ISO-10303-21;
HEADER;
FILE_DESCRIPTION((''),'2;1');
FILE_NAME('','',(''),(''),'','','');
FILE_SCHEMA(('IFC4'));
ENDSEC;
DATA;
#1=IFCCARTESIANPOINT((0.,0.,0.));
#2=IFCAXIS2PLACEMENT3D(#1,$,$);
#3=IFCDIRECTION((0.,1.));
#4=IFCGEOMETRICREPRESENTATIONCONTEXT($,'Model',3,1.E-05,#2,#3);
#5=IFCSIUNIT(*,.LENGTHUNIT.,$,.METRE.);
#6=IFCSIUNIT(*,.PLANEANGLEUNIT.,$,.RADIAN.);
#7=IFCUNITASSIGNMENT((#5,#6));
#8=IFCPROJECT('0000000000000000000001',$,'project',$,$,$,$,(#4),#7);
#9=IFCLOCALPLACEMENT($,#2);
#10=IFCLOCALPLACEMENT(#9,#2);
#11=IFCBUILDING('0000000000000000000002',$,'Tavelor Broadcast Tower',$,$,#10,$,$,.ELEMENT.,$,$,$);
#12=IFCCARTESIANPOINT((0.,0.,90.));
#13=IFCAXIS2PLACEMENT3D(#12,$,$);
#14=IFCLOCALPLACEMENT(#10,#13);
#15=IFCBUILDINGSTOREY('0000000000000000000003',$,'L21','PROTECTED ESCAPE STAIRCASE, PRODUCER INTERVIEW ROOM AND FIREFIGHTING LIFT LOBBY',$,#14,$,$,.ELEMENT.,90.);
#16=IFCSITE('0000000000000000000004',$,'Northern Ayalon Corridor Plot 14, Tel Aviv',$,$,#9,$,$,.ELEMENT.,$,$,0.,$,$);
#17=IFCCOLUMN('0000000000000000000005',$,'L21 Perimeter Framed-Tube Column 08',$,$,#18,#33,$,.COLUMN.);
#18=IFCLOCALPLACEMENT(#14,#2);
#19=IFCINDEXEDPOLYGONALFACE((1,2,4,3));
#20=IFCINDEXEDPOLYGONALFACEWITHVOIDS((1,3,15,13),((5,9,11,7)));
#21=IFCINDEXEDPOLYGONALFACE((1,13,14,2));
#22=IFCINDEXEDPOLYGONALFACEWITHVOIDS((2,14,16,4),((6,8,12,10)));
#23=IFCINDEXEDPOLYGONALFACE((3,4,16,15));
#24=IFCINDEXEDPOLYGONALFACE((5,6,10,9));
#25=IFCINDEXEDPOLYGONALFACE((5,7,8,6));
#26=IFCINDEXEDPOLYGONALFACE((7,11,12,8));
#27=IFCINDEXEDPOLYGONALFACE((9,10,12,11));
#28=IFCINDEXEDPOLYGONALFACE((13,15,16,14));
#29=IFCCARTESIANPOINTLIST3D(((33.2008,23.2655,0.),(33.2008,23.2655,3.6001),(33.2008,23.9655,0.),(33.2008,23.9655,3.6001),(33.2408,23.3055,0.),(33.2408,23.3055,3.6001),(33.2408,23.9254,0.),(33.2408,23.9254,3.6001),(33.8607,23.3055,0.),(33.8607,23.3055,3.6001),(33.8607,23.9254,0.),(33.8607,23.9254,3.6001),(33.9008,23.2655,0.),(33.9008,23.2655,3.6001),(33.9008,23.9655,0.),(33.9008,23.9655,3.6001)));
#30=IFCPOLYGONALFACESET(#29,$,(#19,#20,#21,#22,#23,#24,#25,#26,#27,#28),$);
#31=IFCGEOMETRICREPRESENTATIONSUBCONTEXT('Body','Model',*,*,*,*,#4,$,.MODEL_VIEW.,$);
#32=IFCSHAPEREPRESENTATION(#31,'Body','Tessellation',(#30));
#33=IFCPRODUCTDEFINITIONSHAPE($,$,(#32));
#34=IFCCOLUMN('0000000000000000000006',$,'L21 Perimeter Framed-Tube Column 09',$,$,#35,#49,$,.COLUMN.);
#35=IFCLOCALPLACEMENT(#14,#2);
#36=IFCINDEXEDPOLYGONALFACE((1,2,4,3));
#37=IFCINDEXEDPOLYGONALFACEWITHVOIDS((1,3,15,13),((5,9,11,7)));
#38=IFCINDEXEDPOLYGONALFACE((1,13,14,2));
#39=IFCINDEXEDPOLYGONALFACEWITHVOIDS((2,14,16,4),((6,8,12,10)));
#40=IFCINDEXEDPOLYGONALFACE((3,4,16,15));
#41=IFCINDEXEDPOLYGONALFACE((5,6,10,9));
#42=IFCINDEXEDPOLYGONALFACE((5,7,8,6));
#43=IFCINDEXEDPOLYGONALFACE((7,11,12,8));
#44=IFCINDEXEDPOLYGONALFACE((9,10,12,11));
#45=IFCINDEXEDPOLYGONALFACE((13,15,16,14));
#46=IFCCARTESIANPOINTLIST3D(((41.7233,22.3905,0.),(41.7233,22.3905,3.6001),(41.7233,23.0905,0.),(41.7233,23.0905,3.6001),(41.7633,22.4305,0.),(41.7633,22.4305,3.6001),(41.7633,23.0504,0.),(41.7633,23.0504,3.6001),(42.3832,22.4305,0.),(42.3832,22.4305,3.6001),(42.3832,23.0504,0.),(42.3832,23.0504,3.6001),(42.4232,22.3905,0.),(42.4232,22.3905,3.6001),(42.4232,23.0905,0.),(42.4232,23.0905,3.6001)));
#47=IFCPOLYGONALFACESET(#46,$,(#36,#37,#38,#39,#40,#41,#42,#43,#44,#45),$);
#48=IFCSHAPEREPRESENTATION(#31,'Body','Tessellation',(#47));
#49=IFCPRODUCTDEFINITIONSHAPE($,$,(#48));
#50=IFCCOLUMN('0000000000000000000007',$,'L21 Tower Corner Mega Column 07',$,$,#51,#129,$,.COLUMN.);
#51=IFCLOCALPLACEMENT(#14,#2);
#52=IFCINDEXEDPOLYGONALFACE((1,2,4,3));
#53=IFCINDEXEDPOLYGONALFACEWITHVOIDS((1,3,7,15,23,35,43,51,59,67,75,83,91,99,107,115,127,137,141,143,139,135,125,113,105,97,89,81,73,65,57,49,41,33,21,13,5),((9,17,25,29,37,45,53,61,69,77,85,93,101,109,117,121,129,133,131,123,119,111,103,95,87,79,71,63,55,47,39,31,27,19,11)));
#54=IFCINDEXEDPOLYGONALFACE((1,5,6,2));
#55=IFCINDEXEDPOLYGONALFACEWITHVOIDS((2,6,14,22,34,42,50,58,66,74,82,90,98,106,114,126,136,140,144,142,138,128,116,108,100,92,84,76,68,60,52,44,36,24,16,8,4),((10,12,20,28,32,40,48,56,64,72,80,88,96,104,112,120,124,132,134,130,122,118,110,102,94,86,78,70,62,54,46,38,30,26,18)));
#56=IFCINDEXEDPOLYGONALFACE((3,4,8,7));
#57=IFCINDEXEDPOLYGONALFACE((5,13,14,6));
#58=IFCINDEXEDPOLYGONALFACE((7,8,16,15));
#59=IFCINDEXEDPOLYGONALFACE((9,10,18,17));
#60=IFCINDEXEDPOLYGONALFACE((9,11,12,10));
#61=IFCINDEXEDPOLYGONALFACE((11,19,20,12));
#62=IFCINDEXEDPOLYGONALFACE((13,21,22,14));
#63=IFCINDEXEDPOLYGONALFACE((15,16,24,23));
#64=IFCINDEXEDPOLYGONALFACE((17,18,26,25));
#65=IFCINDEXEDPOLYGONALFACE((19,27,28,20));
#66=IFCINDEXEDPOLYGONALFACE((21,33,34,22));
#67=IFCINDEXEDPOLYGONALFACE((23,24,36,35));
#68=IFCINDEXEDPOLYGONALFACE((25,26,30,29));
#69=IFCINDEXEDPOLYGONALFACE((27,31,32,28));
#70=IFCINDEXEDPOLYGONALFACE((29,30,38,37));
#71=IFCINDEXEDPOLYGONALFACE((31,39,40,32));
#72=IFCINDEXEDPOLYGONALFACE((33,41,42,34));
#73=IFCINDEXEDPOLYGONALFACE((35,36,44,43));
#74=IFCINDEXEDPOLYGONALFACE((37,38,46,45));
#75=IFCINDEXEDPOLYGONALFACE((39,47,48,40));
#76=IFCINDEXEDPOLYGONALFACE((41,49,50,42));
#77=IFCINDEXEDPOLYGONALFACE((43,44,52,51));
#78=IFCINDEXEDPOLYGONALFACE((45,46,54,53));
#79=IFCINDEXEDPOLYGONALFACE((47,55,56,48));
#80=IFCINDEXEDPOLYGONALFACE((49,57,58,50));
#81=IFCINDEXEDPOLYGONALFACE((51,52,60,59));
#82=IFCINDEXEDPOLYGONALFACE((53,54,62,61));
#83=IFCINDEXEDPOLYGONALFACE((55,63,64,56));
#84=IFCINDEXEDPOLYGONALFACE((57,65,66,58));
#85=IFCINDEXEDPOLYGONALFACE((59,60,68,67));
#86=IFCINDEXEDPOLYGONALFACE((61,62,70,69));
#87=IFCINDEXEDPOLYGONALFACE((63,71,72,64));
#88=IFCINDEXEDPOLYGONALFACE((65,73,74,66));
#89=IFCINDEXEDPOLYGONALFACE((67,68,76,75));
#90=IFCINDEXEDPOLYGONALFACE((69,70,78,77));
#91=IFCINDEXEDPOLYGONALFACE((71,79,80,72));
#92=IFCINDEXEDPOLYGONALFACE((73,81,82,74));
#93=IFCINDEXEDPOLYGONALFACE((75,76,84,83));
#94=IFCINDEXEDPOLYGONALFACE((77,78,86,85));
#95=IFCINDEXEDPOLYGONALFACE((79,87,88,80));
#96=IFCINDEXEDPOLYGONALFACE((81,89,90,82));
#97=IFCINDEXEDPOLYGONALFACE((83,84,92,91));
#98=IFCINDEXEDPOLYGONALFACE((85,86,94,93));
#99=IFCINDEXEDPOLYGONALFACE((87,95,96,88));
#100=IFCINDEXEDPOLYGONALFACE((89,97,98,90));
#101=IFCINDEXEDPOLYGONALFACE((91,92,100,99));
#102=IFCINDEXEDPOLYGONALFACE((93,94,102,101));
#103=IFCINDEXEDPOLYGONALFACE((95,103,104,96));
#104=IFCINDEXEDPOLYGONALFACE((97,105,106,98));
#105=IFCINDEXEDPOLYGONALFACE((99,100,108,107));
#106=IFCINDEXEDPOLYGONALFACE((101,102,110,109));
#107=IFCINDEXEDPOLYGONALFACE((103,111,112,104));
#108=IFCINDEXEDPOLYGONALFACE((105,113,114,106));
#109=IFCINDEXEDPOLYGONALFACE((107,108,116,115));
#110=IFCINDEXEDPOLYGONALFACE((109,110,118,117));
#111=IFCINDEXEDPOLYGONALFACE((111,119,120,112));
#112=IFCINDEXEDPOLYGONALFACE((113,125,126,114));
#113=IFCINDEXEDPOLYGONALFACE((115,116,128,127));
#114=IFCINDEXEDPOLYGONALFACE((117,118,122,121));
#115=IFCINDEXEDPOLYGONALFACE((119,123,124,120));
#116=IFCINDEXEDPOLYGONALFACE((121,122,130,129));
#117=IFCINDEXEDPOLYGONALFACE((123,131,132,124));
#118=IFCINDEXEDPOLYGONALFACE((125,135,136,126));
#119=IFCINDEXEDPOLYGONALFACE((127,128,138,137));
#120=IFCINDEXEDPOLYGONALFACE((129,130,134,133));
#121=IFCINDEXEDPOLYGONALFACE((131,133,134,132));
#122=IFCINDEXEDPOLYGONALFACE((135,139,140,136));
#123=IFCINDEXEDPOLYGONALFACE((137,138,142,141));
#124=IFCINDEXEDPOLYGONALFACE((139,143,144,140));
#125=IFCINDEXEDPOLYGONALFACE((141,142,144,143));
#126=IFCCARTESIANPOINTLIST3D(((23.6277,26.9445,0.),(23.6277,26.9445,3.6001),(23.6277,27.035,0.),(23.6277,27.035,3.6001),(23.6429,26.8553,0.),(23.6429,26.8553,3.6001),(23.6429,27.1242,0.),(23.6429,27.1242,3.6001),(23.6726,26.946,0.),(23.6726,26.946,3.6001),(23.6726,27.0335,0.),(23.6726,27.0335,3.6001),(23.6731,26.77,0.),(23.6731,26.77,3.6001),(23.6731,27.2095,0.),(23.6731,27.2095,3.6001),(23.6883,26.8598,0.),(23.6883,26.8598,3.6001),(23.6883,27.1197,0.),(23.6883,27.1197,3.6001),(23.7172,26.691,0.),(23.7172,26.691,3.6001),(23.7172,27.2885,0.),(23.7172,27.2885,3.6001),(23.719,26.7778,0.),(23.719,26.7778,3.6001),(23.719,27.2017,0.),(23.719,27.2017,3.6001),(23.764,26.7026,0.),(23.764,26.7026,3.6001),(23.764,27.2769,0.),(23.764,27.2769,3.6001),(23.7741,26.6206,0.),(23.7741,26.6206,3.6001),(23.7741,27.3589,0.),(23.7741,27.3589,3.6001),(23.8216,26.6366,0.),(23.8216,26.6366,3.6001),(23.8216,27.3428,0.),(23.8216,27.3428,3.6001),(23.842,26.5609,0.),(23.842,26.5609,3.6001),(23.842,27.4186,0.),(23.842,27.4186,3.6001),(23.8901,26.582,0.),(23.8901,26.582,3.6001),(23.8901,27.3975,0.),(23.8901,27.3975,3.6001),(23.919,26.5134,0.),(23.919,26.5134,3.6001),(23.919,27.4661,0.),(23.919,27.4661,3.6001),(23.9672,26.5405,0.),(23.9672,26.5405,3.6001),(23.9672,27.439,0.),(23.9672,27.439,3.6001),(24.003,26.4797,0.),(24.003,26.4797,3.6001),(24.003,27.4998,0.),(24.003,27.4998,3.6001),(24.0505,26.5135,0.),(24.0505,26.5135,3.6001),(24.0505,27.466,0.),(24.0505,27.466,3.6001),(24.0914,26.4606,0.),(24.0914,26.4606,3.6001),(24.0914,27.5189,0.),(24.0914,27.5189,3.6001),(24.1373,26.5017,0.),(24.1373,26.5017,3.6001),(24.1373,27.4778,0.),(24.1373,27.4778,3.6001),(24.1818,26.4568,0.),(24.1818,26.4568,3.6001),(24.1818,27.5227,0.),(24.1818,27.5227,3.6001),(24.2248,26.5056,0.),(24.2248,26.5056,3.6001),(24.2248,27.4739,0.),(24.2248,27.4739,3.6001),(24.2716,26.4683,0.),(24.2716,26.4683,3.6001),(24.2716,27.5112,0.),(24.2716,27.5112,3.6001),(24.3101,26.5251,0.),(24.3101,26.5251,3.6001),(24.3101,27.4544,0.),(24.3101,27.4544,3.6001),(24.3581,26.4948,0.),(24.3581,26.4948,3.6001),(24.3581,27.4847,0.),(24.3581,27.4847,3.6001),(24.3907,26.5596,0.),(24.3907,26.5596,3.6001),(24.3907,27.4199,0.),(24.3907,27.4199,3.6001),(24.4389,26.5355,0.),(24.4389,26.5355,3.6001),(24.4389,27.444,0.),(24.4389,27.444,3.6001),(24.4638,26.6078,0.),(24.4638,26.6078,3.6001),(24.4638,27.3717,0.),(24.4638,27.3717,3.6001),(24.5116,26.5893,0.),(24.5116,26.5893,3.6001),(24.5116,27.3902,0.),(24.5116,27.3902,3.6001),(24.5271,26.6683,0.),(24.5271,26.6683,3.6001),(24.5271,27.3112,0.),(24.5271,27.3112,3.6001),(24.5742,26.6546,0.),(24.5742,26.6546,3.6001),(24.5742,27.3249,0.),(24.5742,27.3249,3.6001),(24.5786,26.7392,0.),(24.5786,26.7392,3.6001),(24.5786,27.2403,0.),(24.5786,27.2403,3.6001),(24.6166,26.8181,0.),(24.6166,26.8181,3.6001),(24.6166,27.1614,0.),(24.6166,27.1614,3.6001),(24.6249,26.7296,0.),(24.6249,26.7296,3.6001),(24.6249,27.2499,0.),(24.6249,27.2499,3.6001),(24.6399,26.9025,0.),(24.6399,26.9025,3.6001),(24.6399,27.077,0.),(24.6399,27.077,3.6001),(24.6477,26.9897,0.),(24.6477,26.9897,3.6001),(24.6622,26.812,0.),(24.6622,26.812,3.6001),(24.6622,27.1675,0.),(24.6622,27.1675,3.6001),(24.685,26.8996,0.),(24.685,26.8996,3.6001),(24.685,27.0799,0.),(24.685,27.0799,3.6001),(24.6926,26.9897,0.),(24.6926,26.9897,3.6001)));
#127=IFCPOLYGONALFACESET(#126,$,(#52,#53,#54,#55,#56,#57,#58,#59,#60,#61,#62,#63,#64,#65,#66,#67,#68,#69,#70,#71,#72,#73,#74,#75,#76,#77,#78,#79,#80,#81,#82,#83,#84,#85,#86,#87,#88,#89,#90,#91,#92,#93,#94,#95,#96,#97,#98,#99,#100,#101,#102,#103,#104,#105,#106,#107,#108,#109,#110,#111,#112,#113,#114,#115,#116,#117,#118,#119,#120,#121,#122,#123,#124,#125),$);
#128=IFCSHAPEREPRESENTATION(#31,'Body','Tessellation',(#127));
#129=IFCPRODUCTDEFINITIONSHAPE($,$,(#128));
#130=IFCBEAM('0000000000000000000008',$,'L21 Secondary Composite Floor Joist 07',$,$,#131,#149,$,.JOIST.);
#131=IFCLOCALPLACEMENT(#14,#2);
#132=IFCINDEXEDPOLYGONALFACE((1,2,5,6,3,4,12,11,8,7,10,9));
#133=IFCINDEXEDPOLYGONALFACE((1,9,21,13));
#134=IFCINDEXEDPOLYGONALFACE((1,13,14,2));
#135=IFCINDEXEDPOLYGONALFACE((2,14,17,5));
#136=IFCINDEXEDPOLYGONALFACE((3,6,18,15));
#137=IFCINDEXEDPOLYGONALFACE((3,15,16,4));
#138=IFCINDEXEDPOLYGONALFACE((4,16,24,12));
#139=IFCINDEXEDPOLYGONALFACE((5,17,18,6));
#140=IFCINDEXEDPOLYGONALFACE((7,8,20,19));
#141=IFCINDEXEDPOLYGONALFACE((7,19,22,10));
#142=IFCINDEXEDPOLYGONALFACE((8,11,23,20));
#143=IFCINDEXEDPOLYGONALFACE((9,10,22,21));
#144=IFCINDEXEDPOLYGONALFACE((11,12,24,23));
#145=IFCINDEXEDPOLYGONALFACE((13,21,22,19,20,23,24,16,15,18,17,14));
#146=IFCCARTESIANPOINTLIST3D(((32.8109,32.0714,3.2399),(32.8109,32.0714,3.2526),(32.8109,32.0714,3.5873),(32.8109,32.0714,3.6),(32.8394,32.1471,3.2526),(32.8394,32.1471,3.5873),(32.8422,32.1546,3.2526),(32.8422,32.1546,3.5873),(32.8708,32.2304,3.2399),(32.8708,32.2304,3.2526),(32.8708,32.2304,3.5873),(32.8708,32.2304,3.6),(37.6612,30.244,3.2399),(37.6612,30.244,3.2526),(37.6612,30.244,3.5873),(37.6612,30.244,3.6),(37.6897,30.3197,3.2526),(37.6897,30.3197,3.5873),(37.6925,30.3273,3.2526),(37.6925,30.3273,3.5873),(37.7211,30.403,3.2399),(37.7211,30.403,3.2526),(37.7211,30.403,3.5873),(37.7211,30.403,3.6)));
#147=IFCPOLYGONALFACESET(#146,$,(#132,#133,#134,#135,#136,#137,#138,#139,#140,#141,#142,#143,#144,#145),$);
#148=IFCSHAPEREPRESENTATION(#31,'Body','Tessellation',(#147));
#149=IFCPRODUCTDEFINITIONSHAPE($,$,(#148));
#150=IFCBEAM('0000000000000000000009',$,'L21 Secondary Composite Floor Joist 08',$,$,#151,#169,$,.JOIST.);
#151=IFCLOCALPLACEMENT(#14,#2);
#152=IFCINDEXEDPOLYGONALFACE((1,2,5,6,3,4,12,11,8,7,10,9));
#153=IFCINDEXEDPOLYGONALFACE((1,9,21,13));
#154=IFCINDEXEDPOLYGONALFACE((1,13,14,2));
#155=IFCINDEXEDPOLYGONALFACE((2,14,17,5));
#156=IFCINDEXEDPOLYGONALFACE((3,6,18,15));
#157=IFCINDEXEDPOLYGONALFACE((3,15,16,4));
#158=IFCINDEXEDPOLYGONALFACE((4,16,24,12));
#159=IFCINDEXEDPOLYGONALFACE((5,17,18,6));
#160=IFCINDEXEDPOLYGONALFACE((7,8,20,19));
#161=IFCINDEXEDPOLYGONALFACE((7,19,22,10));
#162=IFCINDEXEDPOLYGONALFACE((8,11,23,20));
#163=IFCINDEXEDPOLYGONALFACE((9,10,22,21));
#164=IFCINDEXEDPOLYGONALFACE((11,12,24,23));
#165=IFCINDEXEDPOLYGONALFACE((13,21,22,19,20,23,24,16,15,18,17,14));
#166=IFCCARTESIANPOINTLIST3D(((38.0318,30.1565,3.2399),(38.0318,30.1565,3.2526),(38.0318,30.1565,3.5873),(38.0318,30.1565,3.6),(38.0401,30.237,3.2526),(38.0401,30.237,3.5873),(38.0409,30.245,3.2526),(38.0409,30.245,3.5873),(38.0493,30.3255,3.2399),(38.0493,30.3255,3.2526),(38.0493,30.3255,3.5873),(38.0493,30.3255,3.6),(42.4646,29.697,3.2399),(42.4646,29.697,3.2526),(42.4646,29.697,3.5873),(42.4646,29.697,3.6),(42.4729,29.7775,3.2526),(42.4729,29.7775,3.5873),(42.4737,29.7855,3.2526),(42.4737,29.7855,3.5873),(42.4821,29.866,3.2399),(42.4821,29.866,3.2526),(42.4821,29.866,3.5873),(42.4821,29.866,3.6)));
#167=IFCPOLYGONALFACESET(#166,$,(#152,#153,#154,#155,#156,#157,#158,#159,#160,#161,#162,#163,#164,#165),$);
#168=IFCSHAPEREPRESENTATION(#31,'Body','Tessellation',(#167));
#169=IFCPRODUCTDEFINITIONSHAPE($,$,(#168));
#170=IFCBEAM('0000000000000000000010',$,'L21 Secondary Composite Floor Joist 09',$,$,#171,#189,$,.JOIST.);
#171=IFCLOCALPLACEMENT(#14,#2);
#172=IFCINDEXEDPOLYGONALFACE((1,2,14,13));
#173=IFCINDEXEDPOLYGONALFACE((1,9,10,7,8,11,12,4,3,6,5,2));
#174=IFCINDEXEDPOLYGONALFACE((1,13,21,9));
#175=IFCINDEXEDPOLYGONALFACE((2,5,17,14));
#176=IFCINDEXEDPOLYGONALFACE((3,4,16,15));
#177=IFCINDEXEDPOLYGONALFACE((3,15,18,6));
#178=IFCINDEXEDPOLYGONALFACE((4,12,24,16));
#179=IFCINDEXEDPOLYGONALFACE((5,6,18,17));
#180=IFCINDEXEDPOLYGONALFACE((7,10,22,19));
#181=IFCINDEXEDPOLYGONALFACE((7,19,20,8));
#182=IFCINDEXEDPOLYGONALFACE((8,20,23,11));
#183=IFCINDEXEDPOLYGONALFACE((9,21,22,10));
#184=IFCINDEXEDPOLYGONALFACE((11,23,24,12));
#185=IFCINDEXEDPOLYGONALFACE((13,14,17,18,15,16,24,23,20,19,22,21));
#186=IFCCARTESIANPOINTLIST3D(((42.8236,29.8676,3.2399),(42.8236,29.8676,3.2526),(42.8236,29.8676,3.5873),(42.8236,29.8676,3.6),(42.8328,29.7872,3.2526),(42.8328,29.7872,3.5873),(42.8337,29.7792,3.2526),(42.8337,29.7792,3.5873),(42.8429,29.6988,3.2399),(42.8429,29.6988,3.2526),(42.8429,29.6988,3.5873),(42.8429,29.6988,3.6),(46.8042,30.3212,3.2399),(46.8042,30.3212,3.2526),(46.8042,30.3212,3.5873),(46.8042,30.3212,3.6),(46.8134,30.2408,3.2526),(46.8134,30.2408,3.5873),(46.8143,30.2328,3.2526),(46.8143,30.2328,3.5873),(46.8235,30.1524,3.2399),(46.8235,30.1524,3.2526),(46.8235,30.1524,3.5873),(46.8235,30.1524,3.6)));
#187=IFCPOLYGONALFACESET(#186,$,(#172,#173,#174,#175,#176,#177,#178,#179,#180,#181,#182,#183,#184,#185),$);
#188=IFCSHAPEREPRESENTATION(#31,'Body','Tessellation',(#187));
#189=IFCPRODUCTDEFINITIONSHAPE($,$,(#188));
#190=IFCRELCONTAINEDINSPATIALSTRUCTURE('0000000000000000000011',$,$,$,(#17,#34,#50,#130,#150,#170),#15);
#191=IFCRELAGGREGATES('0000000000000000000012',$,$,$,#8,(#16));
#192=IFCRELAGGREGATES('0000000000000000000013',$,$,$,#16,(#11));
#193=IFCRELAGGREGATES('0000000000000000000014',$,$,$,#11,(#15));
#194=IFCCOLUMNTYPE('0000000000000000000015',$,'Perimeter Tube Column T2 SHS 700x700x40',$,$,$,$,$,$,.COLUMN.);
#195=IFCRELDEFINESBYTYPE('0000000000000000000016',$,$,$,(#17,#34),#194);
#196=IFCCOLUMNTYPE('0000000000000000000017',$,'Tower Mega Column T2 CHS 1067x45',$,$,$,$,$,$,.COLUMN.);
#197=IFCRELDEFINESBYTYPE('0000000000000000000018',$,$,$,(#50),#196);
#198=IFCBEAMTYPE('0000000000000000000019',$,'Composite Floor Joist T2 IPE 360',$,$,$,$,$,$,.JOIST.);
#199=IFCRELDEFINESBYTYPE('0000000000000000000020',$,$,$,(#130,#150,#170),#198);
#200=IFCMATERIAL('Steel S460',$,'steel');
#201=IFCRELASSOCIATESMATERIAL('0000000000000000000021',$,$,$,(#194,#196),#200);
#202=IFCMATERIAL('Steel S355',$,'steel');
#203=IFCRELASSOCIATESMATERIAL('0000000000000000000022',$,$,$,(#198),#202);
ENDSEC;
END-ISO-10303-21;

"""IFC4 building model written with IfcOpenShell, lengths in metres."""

from ifc_helpers import new_model, si_unit, direction, frame, origin, origin_2d, place, context, subcontext, project, spatial, hollow_rectangle, hollow_circle, i_section, extrude, material, material_profile, profile_set, type_object, element, save


model = new_model("IFC4")

# Units and contexts
model_context = context("Model", 3, precision=1e-05, world=origin(), true_north=direction((0.0, 1.0)))
body_context = subcontext(model_context, "Body", "Model", "MODEL_VIEW")
ifc_project = project(units=[si_unit("LENGTHUNIT", "METRE"), si_unit("PLANEANGLEUNIT", "RADIAN")], contexts=[model_context])

# Site, building, storey
site_placement = place(None, origin())
site = spatial("IfcSite", under=ifc_project, at=site_placement, Name="Northern Ayalon Corridor Plot 14, Tel Aviv", CompositionType="ELEMENT", RefElevation=0.0)
building_placement = place(site_placement, origin())
building = spatial("IfcBuilding", under=site, at=building_placement, Name="Tavelor Broadcast Tower", CompositionType="ELEMENT")
storey_placement = place(building_placement, frame((0.0, 0.0, 90.0)))
storey = spatial("IfcBuildingStorey", under=building, at=storey_placement, Name="L21", Description="PROTECTED ESCAPE STAIRCASE, PRODUCER INTERVIEW ROOM AND FIREFIGHTING LIFT LOBBY", CompositionType="ELEMENT", Elevation=90.0)

# Columns
ifc_material_1 = material(Name="Steel S460", Category="steel")
ifc_material_profile_1 = material_profile(ifc_material_1, hollow_rectangle(XDim=0.7, YDim=0.7, WallThickness=0.04, at=origin_2d()), Name="SHS 700x700x40")
ifc_profile_set_1 = profile_set([ifc_material_profile_1], Name="Steel S460")
column_type_1 = type_object("IfcColumnType", Name="Perimeter Tube Column T2 SHS 700x700x40", PredefinedType="COLUMN", material=ifc_profile_set_1)
for number, where, z_axis, x_axis, name in (
    (1, (33.5508, 23.6155, 0.0), (0.0, 0.0, 1.0), (1.0, 0.0, 0.0), "L21 Perimeter Framed-Tube Column 08"),
    (2, (42.0732, 22.7405, 0.0), (0.0, 0.0, 1.0), (1.0, 0.0, 0.0), "L21 Perimeter Framed-Tube Column 09"),
):
    element("IfcColumn", number, at=place(storey_placement, frame(where, z_axis=z_axis, x_axis=x_axis)), inside=storey, type_object=column_type_1, Name=name, PredefinedType="COLUMN", context=body_context, shape_type="SweptSolid", body=[
        extrude(hollow_rectangle(XDim=0.7, YDim=0.7, WallThickness=0.04, at=origin_2d()), origin(), (0.0, 0.0, 1.0), 3.6001),
    ])
ifc_material_profile_2 = material_profile(ifc_material_1, hollow_circle(Radius=0.5334, WallThickness=0.0449, at=origin_2d()), Name="CHS 1067x45")
ifc_profile_set_2 = profile_set([ifc_material_profile_2], Name="Steel S460")
column_type_2 = type_object("IfcColumnType", Name="Tower Mega Column T2 CHS 1067x45", PredefinedType="COLUMN", material=ifc_profile_set_2)
column_placement = place(storey_placement, frame((24.1592, 26.9897, 0.0), z_axis=(0.0, 0.0, 1.0), x_axis=(1.0, 0.0, 0.0)))
element("IfcColumn", 3, at=column_placement, inside=storey, type_object=column_type_2, Name="L21 Tower Corner Mega Column 07", PredefinedType="COLUMN", context=body_context, shape_type="SweptSolid", body=[
    extrude(hollow_circle(Radius=0.5334, WallThickness=0.0449, at=origin_2d()), origin(), (0.0, 0.0, 1.0), 3.6001),
])

# Beams
ifc_material_2 = material(Name="Steel S355", Category="steel")
ifc_material_profile_3 = material_profile(ifc_material_2, i_section(OverallWidth=0.1699, OverallDepth=0.3601, WebThickness=0.0081, FlangeThickness=0.0127, at=origin_2d()), Name="IPE 360")
ifc_profile_set_3 = profile_set([ifc_material_profile_3], Name="Steel S355")
beam_type_1 = type_object("IfcBeamType", Name="Composite Floor Joist T2 IPE 360", PredefinedType="JOIST", material=ifc_profile_set_3)
beam_1_placement = place(storey_placement, frame((32.8408, 32.1509, 3.4199), z_axis=(0.935788, -0.352563, 0.0), x_axis=(0.352563, 0.935788, 0.0)))
element("IfcBeam", 4, at=beam_1_placement, inside=storey, type_object=beam_type_1, Name="L21 Secondary Composite Floor Joist 07", PredefinedType="JOIST", context=body_context, shape_type="SweptSolid", body=[
    extrude(i_section(OverallWidth=0.1699, OverallDepth=0.3601, WebThickness=0.0081, FlangeThickness=0.0127, at=origin_2d()), origin(), (0.0, 0.0, 1.0), 5.1831),
])
beam_2_placement = place(storey_placement, frame((38.0405, 30.241, 3.4199), z_axis=(0.994671, -0.103099, 0.0), x_axis=(0.103099, 0.994671, 0.0)))
element("IfcBeam", 5, at=beam_2_placement, inside=storey, type_object=beam_type_1, Name="L21 Secondary Composite Floor Joist 08", PredefinedType="JOIST", context=body_context, shape_type="SweptSolid", body=[
    extrude(i_section(OverallWidth=0.1699, OverallDepth=0.3601, WebThickness=0.0081, FlangeThickness=0.0127, at=origin_2d()), origin(), (0.0, 0.0, 1.0), 4.4565),
])
beam_3_placement = place(storey_placement, frame((42.8333, 29.7832, 3.4199), z_axis=(0.993569, 0.113227, 0.0), x_axis=(-0.113227, 0.993569, 0.0)))
element("IfcBeam", 6, at=beam_3_placement, inside=storey, type_object=beam_type_1, Name="L21 Secondary Composite Floor Joist 09", PredefinedType="JOIST", context=body_context, shape_type="SweptSolid", body=[
    extrude(i_section(OverallWidth=0.1699, OverallDepth=0.3601, WebThickness=0.0081, FlangeThickness=0.0127, at=origin_2d()), origin(), (0.0, 0.0, 1.0), 4.0063),
])

save(model, "model.ifc")
